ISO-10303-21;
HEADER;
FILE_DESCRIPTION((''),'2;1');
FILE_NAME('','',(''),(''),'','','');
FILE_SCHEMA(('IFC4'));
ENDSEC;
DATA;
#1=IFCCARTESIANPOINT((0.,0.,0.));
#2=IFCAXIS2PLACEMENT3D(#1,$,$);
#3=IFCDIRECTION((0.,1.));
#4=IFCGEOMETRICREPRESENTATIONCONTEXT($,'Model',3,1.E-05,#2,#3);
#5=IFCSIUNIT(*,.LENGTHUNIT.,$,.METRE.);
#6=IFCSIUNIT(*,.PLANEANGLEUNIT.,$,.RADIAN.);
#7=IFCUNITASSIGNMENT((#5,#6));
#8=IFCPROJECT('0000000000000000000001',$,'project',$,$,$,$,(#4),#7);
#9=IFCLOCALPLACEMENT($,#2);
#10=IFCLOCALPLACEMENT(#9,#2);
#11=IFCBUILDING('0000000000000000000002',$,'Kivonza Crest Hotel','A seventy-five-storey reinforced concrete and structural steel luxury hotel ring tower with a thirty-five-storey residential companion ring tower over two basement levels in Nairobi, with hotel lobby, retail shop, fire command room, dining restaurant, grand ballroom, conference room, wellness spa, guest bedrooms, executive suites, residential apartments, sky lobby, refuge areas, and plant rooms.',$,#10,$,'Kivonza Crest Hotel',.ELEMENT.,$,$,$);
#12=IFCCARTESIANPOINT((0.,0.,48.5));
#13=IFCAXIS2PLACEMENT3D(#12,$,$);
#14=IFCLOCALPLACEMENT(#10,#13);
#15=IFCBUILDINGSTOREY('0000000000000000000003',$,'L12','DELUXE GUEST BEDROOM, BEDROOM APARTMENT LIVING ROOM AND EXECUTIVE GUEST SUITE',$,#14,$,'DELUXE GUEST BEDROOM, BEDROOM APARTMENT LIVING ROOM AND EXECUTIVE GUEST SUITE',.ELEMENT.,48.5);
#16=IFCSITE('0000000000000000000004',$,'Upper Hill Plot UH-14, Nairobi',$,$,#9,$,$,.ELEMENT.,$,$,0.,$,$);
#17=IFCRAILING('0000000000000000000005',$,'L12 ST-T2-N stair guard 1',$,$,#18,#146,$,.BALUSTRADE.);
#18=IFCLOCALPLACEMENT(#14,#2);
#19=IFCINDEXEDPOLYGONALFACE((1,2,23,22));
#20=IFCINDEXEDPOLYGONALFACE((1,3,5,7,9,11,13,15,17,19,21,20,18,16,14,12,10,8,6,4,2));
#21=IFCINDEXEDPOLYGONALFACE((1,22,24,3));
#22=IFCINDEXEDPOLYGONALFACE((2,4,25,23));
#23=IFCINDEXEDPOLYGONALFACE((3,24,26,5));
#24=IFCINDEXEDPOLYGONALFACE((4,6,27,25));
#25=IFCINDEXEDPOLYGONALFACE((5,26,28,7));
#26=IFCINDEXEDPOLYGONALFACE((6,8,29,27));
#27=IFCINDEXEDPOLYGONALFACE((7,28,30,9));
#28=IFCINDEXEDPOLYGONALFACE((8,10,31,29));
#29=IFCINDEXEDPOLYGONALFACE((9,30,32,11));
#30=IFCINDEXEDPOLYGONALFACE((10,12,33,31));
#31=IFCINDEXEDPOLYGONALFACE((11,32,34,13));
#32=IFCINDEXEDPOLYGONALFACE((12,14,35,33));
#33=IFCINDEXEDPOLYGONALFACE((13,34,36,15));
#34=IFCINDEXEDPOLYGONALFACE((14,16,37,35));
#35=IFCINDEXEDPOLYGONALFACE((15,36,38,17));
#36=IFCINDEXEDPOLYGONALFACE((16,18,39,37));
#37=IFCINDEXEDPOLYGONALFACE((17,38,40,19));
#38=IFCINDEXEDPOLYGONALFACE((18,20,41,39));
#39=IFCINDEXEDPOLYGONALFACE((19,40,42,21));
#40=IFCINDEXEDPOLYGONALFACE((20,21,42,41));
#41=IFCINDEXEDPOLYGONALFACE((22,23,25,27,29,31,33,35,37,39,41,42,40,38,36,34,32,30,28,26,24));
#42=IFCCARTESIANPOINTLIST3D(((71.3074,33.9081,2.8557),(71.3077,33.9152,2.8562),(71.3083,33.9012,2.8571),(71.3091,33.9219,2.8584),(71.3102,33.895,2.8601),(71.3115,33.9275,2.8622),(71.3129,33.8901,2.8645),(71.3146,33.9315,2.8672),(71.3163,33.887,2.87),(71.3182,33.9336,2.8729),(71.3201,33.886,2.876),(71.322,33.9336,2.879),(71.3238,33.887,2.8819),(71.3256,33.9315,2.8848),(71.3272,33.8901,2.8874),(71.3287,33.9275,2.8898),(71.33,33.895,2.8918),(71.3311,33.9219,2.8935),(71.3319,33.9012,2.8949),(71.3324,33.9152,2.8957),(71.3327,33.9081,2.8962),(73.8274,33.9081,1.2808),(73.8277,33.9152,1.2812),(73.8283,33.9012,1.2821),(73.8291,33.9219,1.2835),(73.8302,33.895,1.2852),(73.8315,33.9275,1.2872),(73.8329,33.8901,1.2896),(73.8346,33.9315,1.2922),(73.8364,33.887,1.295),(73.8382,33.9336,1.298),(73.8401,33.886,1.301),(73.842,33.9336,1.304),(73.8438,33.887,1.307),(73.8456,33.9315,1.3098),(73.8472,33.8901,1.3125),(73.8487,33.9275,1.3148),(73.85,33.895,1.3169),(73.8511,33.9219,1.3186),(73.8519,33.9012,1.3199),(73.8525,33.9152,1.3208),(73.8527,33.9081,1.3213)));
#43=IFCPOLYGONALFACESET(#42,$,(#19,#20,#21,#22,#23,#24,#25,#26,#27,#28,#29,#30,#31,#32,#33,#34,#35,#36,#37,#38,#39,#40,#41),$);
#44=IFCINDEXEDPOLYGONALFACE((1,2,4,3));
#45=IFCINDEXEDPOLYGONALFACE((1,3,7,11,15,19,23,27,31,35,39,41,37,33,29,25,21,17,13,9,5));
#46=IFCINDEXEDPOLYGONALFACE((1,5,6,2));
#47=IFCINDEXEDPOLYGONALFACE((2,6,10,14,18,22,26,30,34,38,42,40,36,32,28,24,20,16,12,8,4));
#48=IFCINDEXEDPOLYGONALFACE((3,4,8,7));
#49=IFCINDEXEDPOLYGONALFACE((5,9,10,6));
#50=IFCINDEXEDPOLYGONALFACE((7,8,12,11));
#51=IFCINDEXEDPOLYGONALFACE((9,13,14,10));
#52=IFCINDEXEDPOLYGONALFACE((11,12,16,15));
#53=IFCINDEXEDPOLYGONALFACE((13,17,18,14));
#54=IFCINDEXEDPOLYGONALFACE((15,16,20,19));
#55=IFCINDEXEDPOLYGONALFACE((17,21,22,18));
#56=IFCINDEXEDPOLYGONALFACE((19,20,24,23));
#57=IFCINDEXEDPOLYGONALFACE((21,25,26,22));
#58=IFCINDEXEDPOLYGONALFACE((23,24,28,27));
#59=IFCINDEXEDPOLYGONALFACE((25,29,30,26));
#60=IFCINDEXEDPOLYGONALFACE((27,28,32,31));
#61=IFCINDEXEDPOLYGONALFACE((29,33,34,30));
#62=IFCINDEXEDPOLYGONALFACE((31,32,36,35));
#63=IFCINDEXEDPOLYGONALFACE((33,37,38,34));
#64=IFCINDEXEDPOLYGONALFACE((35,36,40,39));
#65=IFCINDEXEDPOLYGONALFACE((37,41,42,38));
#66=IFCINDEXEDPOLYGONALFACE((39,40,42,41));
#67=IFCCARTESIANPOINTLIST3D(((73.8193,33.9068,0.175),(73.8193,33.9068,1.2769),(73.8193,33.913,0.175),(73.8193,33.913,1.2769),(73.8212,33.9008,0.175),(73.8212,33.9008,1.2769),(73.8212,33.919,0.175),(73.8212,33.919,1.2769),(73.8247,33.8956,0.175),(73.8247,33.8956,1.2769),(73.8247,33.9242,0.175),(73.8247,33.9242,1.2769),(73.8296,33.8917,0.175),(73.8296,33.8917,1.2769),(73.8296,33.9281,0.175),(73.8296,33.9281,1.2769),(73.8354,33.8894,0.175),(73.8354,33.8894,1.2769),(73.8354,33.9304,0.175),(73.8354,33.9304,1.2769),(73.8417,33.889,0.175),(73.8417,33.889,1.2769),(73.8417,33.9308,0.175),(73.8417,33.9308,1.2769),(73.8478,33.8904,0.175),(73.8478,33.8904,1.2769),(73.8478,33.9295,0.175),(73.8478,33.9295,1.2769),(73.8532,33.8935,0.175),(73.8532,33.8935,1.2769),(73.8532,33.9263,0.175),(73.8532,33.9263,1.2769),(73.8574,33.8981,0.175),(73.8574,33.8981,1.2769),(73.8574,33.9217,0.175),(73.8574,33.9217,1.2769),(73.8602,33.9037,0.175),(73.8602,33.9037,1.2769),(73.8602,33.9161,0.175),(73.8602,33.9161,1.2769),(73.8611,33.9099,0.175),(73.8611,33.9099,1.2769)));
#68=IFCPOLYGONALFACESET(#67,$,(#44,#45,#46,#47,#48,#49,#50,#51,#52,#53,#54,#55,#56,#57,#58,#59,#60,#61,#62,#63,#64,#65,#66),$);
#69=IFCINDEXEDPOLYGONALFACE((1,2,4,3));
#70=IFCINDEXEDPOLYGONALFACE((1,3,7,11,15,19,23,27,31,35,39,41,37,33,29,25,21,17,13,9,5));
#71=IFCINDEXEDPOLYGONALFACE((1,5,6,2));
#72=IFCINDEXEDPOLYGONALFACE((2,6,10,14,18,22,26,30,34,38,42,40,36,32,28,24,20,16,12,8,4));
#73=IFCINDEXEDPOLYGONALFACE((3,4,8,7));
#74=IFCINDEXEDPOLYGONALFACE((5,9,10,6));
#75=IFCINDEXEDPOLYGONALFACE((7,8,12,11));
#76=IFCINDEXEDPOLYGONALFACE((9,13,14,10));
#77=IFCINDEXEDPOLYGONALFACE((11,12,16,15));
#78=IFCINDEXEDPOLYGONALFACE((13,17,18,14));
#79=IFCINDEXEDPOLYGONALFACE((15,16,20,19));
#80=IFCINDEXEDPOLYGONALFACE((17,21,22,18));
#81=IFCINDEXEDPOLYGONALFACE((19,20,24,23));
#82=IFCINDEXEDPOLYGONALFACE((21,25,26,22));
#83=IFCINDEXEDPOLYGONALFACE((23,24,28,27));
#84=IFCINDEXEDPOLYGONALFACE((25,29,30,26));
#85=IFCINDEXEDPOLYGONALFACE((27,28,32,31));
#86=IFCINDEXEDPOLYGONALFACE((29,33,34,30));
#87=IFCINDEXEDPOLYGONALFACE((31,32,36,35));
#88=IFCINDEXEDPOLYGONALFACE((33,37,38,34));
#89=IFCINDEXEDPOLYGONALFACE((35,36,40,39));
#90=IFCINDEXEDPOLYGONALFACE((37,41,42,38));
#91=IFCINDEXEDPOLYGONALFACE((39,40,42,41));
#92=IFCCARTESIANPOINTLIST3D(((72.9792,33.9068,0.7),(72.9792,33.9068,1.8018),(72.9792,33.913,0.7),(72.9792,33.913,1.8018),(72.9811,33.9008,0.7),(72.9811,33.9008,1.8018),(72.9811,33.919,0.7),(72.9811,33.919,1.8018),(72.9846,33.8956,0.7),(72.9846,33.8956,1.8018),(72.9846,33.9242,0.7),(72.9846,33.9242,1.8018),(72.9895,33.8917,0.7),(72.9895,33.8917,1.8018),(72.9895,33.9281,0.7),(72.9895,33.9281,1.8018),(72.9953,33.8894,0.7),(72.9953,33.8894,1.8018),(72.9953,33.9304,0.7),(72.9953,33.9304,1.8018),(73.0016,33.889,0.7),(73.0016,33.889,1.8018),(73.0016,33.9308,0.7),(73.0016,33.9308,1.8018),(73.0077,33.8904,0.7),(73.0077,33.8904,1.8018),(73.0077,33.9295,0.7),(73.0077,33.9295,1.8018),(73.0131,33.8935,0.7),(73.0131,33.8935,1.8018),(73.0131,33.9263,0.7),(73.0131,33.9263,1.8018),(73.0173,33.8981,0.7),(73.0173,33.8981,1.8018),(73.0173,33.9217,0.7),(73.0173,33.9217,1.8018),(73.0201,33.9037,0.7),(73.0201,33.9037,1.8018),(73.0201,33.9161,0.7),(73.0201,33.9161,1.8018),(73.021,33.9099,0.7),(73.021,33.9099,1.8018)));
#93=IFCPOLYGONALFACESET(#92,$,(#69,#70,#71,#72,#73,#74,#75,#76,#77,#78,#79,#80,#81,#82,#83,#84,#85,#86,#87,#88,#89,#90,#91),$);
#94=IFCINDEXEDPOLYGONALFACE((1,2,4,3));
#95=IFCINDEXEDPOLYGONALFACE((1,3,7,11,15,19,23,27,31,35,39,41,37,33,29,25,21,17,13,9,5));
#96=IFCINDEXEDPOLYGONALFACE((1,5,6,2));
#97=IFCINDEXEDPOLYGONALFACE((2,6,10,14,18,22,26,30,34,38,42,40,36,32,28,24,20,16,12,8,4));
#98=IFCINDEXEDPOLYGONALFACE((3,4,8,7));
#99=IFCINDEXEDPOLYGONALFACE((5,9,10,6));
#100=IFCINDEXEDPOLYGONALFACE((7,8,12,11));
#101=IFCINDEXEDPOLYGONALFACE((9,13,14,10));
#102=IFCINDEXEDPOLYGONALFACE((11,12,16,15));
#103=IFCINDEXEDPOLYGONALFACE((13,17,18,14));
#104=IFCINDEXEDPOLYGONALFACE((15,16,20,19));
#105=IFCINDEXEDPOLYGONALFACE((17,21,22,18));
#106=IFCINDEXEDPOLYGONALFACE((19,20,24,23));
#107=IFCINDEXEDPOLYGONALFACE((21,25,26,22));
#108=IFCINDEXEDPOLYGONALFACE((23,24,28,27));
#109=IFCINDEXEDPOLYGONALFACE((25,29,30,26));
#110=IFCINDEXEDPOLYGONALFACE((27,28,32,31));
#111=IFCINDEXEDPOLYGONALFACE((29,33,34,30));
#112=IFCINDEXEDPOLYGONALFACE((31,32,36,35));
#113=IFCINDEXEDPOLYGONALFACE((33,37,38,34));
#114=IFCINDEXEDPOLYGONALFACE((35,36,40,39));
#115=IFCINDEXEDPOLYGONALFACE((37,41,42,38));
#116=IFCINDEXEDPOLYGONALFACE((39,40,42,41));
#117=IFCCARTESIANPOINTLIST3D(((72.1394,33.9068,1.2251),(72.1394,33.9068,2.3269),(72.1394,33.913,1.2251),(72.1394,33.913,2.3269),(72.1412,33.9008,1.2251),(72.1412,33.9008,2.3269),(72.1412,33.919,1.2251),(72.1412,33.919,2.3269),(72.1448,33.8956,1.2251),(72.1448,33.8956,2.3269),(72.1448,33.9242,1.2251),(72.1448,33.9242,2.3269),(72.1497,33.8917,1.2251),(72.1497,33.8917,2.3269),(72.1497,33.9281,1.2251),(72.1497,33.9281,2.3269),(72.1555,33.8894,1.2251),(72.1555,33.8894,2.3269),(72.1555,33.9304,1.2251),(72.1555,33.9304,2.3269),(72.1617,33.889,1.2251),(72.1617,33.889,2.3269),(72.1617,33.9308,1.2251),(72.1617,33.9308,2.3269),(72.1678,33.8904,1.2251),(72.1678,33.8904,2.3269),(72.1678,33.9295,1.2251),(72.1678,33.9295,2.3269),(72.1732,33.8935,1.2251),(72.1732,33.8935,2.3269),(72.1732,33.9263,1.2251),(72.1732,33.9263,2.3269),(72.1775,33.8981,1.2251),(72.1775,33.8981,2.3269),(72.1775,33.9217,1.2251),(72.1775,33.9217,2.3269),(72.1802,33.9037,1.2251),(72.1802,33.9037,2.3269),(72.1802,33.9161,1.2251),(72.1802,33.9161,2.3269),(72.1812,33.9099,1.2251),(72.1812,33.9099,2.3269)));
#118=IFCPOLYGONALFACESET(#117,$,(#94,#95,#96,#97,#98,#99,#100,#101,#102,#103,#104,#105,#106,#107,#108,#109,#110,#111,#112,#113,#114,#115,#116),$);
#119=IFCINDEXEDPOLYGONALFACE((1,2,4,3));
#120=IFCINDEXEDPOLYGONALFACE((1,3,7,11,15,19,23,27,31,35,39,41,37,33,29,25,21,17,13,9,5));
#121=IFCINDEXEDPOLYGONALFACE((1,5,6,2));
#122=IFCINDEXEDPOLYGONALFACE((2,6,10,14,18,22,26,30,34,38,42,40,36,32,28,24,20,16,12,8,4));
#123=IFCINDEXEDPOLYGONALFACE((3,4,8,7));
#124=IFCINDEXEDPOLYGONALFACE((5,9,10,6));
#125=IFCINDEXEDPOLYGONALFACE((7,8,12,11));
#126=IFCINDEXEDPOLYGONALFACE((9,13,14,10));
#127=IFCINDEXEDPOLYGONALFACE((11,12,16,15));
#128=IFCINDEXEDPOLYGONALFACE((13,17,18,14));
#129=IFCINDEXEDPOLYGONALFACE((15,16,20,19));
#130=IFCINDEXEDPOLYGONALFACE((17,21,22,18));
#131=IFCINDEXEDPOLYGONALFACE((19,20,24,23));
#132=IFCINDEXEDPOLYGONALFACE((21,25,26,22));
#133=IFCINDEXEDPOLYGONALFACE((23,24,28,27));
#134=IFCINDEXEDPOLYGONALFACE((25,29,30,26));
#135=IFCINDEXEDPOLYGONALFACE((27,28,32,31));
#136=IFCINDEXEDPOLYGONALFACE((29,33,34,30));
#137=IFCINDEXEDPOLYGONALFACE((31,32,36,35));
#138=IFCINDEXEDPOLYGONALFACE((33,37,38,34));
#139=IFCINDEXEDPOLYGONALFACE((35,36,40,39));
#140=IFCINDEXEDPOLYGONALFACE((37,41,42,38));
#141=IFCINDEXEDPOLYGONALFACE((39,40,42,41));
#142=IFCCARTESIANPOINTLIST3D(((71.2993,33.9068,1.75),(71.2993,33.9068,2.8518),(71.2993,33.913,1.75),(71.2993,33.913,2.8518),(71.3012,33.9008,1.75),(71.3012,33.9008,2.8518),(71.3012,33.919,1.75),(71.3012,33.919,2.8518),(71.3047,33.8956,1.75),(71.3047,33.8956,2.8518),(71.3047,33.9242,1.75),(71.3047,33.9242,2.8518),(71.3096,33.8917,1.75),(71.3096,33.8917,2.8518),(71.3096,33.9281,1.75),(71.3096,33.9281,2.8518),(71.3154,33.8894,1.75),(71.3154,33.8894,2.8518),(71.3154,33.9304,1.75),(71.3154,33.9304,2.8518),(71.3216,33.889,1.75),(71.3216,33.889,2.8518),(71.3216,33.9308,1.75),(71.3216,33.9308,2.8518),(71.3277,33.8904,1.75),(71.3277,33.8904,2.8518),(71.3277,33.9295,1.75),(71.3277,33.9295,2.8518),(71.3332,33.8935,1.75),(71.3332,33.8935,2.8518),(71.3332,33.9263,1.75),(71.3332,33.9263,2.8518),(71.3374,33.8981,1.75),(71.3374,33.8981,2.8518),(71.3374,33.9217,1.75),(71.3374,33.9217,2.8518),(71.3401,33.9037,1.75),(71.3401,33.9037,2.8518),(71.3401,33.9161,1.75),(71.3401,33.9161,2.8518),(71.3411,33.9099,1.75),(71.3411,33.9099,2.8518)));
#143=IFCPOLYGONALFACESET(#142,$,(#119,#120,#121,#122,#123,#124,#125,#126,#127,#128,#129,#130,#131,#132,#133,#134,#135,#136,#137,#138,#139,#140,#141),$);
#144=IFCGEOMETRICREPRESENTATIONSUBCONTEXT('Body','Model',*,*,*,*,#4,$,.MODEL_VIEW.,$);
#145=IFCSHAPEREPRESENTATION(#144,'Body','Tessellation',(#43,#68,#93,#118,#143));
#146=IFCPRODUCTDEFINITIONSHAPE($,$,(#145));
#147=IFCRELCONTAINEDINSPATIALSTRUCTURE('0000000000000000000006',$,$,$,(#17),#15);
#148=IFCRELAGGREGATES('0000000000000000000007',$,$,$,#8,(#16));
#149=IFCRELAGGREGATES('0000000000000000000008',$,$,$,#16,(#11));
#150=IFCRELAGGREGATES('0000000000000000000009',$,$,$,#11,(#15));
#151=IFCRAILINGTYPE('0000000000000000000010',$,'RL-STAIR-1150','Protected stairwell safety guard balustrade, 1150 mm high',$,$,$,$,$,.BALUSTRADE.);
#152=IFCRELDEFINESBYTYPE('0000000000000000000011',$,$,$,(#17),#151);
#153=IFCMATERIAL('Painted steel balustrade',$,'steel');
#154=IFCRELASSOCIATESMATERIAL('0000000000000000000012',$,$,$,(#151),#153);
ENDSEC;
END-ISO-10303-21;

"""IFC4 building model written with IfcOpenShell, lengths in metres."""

from ifc_helpers import new_model, si_unit, direction, frame, origin, origin_2d, place, context, subcontext, project, spatial, circle, extrude, material, type_object, element, save


model = new_model("IFC4")

# Units and contexts
model_context = context("Model", 3, precision=1e-05, world=origin(), true_north=direction((0.0, 1.0)))
body_context = subcontext(model_context, "Body", "Model", "MODEL_VIEW")
ifc_project = project(units=[si_unit("LENGTHUNIT", "METRE"), si_unit("PLANEANGLEUNIT", "RADIAN")], contexts=[model_context])

# Site, building, storey
site_placement = place(None, origin())
site = spatial("IfcSite", under=ifc_project, at=site_placement, Name="Upper Hill Plot UH-14, Nairobi", CompositionType="ELEMENT", RefElevation=0.0)
building_placement = place(site_placement, origin())
building = spatial("IfcBuilding", under=site, at=building_placement, Name="Kivonza Crest Hotel", Description="A seventy-five-storey reinforced concrete and structural steel luxury hotel ring tower with a thirty-five-storey residential companion ring tower over two basement levels in Nairobi, with hotel lobby, retail shop, fire command room, dining restaurant, grand ballroom, conference room, wellness spa, guest bedrooms, executive suites, residential apartments, sky lobby, refuge areas, and plant rooms.", LongName="Kivonza Crest Hotel", CompositionType="ELEMENT")
storey_placement = place(building_placement, frame((0.0, 0.0, 48.5)))
storey = spatial("IfcBuildingStorey", under=building, at=storey_placement, Name="L12", Description="DELUXE GUEST BEDROOM, BEDROOM APARTMENT LIVING ROOM AND EXECUTIVE GUEST SUITE", LongName="DELUXE GUEST BEDROOM, BEDROOM APARTMENT LIVING ROOM AND EXECUTIVE GUEST SUITE", CompositionType="ELEMENT", Elevation=48.5)

# Railing
ifc_material_1 = material(Name="Painted steel balustrade", Category="steel")
railing_type_1 = type_object("IfcRailingType", Name="RL-STAIR-1150", Description="Protected stairwell safety guard balustrade, 1150 mm high", PredefinedType="BALUSTRADE", material=ifc_material_1)
railing_1_placement = place(storey_placement, frame((73.8401, 33.9099, 0.175)))
element("IfcRailing", 1, at=railing_1_placement, inside=storey, type_object=railing_type_1, Name="L12 ST-T2-N stair guard 1", PredefinedType="BALUSTRADE", context=body_context, shape_type="SweptSolid", body=[
    extrude(circle(Radius=0.0239, at=origin_2d()), frame((0.0, 0.0, 1.126), z_axis=(-0.848008, 0.0, 0.529984), x_axis=(0.0, -1.0, 0.0)), (0.0, 0.0, 1.0), 2.9717),
    extrude(circle(Radius=0.021, at=origin_2d()), origin(), (0.0, 0.0, 1.0), 1.1018),
    extrude(circle(Radius=0.021, at=origin_2d()), frame((-0.8401, 0.0, 0.5249)), (0.0, 0.0, 1.0), 1.1018),
    extrude(circle(Radius=0.021, at=origin_2d()), frame((-1.6799, 0.0, 1.05)), (0.0, 0.0, 1.0), 1.1018),
    extrude(circle(Radius=0.021, at=origin_2d()), frame((-2.52, 0.0, 1.575)), (0.0, 0.0, 1.0), 1.1018),
])

save(model, "model.ifc")
